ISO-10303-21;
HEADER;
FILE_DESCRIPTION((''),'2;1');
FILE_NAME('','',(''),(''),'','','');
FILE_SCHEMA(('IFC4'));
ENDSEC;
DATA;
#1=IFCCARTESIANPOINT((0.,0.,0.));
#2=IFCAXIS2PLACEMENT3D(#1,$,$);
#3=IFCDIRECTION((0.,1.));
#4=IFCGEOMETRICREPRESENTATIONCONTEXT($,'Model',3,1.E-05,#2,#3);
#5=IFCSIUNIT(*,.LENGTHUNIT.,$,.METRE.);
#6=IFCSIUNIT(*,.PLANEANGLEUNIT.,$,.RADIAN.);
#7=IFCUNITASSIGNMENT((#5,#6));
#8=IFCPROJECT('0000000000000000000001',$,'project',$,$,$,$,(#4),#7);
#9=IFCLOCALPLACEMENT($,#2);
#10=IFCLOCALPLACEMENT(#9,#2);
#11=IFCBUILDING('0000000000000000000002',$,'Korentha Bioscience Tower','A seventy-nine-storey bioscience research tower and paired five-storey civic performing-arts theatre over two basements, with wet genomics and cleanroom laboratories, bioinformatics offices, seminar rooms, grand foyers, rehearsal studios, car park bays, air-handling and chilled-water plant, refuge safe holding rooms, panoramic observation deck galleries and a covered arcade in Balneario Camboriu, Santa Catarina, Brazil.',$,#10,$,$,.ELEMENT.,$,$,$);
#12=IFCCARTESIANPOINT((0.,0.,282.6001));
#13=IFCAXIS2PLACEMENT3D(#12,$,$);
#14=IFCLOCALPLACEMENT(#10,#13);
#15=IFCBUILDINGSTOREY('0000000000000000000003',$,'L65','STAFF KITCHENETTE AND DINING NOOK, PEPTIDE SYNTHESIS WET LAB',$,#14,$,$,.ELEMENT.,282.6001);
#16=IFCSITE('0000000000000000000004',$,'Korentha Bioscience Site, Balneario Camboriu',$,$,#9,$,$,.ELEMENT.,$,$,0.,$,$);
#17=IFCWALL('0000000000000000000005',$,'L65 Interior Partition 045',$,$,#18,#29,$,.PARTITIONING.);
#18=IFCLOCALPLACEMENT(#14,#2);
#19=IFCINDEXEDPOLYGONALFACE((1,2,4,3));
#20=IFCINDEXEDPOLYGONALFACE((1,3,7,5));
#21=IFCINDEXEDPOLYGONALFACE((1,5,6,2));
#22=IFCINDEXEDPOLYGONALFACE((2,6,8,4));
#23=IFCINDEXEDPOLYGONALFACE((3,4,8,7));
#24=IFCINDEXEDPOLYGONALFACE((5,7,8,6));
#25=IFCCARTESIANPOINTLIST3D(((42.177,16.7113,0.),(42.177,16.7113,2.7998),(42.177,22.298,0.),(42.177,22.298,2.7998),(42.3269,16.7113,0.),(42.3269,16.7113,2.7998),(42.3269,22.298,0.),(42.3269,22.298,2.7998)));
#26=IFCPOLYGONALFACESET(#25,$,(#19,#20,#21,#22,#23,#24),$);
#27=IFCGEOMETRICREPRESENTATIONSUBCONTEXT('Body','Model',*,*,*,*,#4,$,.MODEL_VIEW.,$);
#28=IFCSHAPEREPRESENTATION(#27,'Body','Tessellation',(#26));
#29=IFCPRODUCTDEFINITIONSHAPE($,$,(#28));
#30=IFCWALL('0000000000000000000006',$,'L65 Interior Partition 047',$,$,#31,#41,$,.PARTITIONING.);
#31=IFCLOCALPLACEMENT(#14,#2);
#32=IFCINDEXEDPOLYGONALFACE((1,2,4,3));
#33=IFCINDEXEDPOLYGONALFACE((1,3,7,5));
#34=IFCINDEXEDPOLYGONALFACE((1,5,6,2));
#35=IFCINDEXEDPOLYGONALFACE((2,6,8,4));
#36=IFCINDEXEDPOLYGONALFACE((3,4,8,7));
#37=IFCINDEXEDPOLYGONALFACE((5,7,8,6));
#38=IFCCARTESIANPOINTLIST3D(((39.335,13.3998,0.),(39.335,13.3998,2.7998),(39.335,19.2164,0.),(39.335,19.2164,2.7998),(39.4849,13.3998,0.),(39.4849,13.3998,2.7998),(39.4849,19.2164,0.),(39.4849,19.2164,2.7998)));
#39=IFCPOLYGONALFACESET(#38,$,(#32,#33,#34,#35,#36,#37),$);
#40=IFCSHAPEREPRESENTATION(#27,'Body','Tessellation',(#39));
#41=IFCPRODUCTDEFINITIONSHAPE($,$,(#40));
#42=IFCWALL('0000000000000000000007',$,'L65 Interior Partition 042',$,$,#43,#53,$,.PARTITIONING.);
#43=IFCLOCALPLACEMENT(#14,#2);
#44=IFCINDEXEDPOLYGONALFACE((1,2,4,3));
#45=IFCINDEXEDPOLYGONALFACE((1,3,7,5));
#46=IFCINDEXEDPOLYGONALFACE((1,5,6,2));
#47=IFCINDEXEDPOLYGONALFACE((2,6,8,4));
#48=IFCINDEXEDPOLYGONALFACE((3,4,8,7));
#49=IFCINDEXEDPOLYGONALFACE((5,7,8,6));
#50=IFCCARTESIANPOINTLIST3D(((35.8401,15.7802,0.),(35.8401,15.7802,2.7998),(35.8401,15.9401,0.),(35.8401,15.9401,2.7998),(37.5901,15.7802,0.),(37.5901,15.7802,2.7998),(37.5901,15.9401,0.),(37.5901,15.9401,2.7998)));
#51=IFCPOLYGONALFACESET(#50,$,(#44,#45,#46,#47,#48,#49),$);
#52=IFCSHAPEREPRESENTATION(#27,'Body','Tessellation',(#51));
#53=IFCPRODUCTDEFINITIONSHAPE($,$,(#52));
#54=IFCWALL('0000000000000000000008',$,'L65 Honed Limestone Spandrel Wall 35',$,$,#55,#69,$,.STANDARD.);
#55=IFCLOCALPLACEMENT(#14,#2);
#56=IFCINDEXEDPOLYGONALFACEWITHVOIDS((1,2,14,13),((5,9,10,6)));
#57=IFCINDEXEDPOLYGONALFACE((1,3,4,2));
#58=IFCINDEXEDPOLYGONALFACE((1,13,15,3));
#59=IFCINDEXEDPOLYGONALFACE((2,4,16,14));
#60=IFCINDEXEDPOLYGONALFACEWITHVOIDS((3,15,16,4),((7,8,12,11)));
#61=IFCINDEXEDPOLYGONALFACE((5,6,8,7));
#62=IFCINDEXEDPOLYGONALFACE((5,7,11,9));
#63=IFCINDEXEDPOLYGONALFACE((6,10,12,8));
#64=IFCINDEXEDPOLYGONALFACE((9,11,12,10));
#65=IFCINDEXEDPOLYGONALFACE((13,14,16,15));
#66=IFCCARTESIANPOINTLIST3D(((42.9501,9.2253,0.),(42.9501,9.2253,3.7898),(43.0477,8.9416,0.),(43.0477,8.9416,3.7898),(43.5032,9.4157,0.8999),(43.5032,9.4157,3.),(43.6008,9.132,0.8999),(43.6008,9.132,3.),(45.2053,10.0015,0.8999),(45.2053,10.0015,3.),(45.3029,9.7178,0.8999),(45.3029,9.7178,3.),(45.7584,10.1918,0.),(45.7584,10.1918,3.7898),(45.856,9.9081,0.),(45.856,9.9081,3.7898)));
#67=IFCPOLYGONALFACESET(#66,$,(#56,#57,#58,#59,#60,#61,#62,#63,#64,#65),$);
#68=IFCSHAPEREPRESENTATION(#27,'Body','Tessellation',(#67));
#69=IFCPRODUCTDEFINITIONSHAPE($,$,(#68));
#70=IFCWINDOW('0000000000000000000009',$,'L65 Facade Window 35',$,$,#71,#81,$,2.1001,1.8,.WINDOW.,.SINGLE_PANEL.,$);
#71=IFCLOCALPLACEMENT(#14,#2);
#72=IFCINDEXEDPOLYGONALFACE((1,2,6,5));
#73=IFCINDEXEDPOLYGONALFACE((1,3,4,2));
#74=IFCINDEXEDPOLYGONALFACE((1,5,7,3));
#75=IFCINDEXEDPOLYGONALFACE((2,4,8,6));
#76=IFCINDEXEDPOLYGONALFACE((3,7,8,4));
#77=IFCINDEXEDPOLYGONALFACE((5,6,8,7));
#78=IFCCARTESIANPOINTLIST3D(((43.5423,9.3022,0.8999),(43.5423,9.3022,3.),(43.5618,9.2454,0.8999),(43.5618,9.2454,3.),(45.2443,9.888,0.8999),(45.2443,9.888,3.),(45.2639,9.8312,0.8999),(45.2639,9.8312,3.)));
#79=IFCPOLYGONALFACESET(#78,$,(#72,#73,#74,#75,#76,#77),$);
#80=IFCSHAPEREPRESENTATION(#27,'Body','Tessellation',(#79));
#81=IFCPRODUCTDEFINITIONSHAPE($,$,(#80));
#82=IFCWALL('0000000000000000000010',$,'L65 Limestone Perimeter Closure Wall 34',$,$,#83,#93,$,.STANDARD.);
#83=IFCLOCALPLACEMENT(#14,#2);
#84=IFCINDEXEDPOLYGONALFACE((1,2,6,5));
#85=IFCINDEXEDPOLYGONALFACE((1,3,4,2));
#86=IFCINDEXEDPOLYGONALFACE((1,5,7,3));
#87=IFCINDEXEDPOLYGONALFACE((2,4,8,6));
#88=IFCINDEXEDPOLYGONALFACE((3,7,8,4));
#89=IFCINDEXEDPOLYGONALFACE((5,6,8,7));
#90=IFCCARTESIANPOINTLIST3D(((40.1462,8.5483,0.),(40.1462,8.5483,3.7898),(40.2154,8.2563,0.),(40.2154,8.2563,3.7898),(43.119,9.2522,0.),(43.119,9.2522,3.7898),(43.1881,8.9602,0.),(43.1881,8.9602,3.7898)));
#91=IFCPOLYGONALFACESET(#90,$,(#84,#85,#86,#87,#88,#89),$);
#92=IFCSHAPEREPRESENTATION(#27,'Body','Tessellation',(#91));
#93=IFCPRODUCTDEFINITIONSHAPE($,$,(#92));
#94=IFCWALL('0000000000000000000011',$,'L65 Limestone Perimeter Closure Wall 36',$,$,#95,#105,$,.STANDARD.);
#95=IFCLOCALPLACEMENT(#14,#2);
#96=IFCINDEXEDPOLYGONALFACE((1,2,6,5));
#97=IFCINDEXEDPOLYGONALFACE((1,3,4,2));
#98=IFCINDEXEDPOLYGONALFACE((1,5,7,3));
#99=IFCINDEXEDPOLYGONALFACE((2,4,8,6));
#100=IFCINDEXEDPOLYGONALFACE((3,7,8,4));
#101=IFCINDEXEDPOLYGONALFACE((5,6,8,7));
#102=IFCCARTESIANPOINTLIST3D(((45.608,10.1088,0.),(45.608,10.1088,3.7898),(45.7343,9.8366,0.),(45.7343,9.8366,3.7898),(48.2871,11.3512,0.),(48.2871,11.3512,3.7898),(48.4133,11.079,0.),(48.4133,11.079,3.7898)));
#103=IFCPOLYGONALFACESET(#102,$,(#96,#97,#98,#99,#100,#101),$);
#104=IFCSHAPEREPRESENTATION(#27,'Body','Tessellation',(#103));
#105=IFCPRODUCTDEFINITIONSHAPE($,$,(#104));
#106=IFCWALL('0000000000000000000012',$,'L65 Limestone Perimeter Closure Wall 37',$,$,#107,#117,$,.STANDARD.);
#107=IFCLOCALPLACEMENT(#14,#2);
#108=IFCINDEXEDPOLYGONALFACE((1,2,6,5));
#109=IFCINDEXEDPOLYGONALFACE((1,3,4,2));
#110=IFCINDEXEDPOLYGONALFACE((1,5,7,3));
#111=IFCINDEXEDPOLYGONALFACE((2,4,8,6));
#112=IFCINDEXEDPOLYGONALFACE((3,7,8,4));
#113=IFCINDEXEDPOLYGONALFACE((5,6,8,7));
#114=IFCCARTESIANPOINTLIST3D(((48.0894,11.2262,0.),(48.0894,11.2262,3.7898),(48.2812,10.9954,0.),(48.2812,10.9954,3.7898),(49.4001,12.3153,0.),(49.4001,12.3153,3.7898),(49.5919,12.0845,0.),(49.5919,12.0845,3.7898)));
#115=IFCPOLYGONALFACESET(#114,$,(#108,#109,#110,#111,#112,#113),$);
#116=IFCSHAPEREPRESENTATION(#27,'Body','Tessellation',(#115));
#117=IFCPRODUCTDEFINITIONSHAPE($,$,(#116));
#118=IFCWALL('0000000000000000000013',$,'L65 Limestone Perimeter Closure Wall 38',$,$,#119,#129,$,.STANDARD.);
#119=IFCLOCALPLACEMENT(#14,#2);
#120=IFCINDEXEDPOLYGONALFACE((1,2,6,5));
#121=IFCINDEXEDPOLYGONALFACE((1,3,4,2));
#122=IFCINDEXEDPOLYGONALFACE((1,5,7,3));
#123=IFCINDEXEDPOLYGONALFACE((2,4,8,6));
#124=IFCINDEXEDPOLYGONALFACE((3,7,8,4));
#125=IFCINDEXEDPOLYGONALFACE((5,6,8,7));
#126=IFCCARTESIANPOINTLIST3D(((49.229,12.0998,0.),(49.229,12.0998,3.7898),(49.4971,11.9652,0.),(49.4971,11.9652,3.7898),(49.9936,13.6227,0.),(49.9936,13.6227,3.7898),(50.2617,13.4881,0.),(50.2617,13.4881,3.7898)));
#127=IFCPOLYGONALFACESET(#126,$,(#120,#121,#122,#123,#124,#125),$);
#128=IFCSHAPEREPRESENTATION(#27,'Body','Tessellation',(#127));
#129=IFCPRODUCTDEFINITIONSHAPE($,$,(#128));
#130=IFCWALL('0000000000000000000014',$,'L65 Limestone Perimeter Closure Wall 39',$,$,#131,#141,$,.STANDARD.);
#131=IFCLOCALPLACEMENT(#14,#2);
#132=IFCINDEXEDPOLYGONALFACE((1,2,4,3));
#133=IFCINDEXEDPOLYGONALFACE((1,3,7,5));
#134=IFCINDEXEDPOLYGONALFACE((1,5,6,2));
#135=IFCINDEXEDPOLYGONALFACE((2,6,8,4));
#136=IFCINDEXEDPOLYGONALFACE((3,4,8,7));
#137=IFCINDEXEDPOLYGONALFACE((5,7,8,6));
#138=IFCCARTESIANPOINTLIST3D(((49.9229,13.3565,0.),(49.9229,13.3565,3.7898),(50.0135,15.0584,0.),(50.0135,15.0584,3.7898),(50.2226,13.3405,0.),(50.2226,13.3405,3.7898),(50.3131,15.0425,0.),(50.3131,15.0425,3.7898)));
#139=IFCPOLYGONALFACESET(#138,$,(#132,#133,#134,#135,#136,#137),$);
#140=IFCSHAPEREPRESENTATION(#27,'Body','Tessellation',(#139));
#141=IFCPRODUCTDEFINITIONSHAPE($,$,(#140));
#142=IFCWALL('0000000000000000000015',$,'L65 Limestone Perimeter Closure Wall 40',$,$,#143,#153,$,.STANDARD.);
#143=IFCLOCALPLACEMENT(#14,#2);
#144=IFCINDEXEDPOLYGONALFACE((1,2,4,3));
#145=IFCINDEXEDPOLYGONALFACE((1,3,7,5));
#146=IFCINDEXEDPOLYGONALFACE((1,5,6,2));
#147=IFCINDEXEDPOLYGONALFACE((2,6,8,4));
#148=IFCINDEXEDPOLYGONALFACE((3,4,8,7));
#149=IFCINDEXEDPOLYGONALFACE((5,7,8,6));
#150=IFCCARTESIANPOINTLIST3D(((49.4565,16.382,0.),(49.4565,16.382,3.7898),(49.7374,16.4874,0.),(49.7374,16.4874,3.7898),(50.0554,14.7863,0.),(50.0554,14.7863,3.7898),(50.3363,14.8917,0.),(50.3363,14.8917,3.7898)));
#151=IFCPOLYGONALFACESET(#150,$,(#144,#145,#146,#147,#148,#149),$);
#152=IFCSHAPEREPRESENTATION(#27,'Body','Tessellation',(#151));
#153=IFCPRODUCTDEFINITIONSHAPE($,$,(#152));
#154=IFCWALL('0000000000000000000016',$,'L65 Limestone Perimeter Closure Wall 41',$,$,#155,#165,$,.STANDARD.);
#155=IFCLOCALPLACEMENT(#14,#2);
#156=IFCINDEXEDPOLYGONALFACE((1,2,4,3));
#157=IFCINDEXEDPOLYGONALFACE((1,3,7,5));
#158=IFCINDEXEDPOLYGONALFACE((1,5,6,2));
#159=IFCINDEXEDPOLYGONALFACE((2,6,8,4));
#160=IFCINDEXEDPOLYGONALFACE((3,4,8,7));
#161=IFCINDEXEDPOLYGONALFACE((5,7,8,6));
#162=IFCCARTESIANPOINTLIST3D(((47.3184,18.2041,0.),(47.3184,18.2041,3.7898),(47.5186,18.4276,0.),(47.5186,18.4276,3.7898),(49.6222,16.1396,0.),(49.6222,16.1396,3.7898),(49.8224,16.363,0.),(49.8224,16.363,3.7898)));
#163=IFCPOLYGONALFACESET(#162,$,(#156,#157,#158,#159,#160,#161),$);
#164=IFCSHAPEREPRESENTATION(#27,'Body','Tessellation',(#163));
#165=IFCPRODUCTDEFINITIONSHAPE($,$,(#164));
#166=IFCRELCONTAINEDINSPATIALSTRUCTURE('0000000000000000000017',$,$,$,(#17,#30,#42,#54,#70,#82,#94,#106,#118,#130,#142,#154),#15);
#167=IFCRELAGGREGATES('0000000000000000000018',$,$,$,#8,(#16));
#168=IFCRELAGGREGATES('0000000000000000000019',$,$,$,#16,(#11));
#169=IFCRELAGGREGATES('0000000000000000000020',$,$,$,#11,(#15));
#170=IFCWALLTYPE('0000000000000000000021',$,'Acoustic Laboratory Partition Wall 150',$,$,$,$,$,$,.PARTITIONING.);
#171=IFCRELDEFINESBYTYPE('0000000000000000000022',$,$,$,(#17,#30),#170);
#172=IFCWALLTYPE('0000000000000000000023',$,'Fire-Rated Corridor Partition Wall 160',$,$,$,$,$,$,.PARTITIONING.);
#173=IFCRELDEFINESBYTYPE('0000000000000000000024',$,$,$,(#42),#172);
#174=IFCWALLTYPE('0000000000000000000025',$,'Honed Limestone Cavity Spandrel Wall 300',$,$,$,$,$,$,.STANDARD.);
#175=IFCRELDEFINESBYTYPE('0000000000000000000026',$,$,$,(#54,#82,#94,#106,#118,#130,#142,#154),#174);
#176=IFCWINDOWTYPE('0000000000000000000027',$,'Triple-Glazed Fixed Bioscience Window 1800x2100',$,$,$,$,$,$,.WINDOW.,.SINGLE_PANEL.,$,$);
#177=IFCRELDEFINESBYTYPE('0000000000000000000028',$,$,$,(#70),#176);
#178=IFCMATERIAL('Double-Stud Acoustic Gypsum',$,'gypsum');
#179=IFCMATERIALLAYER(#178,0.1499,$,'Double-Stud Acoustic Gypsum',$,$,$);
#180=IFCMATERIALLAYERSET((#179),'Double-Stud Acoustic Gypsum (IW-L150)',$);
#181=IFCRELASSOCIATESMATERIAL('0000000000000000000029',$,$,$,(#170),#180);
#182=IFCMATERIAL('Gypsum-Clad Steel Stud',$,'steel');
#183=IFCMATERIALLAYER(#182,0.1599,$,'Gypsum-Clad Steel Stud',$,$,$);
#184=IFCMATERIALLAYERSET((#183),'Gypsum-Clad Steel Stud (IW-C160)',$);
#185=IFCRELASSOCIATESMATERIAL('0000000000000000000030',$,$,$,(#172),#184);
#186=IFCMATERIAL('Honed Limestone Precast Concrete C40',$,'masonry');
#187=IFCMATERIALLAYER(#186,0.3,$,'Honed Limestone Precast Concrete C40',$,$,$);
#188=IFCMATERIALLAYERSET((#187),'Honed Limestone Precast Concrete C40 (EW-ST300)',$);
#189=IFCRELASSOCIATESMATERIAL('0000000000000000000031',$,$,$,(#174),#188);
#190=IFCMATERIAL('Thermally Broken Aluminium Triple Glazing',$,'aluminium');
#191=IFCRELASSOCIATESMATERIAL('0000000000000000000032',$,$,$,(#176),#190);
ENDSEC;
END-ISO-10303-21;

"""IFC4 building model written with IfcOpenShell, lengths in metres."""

from ifc_helpers import new_model, si_unit, direction, frame, frame_2d, origin, place, context, subcontext, project, spatial, rectangle, extrude, material, layer, layer_set, type_object, element, fill, save


model = new_model("IFC4")

# Units and contexts
model_context = context("Model", 3, precision=1e-05, world=origin(), true_north=direction((0.0, 1.0)))
body_context = subcontext(model_context, "Body", "Model", "MODEL_VIEW")
ifc_project = project(units=[si_unit("LENGTHUNIT", "METRE"), si_unit("PLANEANGLEUNIT", "RADIAN")], contexts=[model_context])

# Site, building, storey
site_placement = place(None, origin())
site = spatial("IfcSite", under=ifc_project, at=site_placement, Name="Korentha Bioscience Site, Balneario Camboriu", CompositionType="ELEMENT", RefElevation=0.0)
building_placement = place(site_placement, origin())
building = spatial("IfcBuilding", under=site, at=building_placement, Name="Korentha Bioscience Tower", Description="A seventy-nine-storey bioscience research tower and paired five-storey civic performing-arts theatre over two basements, with wet genomics and cleanroom laboratories, bioinformatics offices, seminar rooms, grand foyers, rehearsal studios, car park bays, air-handling and chilled-water plant, refuge safe holding rooms, panoramic observation deck galleries and a covered arcade in Balneario Camboriu, Santa Catarina, Brazil.", CompositionType="ELEMENT")
storey_placement = place(building_placement, frame((0.0, 0.0, 282.6001)))
storey = spatial("IfcBuildingStorey", under=building, at=storey_placement, Name="L65", Description="STAFF KITCHENETTE AND DINING NOOK, PEPTIDE SYNTHESIS WET LAB", CompositionType="ELEMENT", Elevation=282.6001)

# Walls
ifc_material_1 = material(Name="Double-Stud Acoustic Gypsum", Category="gypsum")
ifc_layer_1 = layer(ifc_material_1, 0.1499, Name="Double-Stud Acoustic Gypsum")
ifc_layer_set_1 = layer_set([ifc_layer_1], Name="Double-Stud Acoustic Gypsum (IW-L150)")
wall_type_1 = type_object("IfcWallType", Name="Acoustic Laboratory Partition Wall 150", PredefinedType="PARTITIONING", material=ifc_layer_set_1)
wall_1_placement = place(storey_placement, frame((42.252, 16.7112, 0.0), z_axis=(0.0, 0.0, 1.0), x_axis=(0.0, 1.0, 0.0)))
element("IfcWall", 1, at=wall_1_placement, inside=storey, type_object=wall_type_1, Name="L65 Interior Partition 045", PredefinedType="PARTITIONING", context=body_context, shape_type="SweptSolid", body=[
    extrude(rectangle(XDim=5.5867, YDim=0.1499, at=frame_2d((2.7935, 0.0))), origin(), (0.0, 0.0, 1.0), 2.7998),
])
wall_2_placement = place(storey_placement, frame((39.4099, 13.3999, 0.0), z_axis=(0.0, 0.0, 1.0), x_axis=(0.0, 1.0, 0.0)))
element("IfcWall", 2, at=wall_2_placement, inside=storey, type_object=wall_type_1, Name="L65 Interior Partition 047", PredefinedType="PARTITIONING", context=body_context, shape_type="SweptSolid", body=[
    extrude(rectangle(XDim=5.8167, YDim=0.1499, at=frame_2d((2.9082, 0.0))), origin(), (0.0, 0.0, 1.0), 2.7998),
])
ifc_material_2 = material(Name="Gypsum-Clad Steel Stud", Category="steel")
ifc_layer_2 = layer(ifc_material_2, 0.1599, Name="Gypsum-Clad Steel Stud")
ifc_layer_set_2 = layer_set([ifc_layer_2], Name="Gypsum-Clad Steel Stud (IW-C160)")
wall_type_2 = type_object("IfcWallType", Name="Fire-Rated Corridor Partition Wall 160", PredefinedType="PARTITIONING", material=ifc_layer_set_2)
wall_3_placement = place(storey_placement, frame((37.5901, 15.8601, 0.0), z_axis=(0.0, 0.0, 1.0), x_axis=(-1.0, 0.0, 0.0)))
element("IfcWall", 3, at=wall_3_placement, inside=storey, type_object=wall_type_2, Name="L65 Interior Partition 042", PredefinedType="PARTITIONING", context=body_context, shape_type="SweptSolid", body=[
    extrude(rectangle(XDim=1.75, YDim=0.1599, at=frame_2d((0.875, 0.0))), origin(), (0.0, 0.0, 1.0), 2.7998),
])

# Wall, opening, window
ifc_material_3 = material(Name="Honed Limestone Precast Concrete C40", Category="masonry")
ifc_layer_3 = layer(ifc_material_3, 0.3, Name="Honed Limestone Precast Concrete C40")
ifc_layer_set_3 = layer_set([ifc_layer_3], Name="Honed Limestone Precast Concrete C40 (EW-ST300)")
wall_type_3 = type_object("IfcWallType", Name="Honed Limestone Cavity Spandrel Wall 300", PredefinedType="STANDARD", material=ifc_layer_set_3)
wall_4_placement = place(storey_placement, frame((42.999, 9.0835, 0.0), z_axis=(0.0, 0.0, 1.0), x_axis=(0.945564, 0.325436, 0.0)))
wall_4 = element("IfcWall", 4, at=wall_4_placement, inside=storey, type_object=wall_type_3, Name="L65 Honed Limestone Spandrel Wall 35", PredefinedType="STANDARD", context=body_context, shape_type="SweptSolid", body=[
    extrude(rectangle(XDim=2.97, YDim=0.3, at=frame_2d((1.4849, 0.0))), origin(), (0.0, 0.0, 1.0), 3.7898),
])
opening_placement = place(wall_4_placement, frame((0.585, 0.0, 0.8999)))
opening = element("IfcOpeningElement", 5, at=opening_placement, cuts=wall_4, PredefinedType="OPENING", context=body_context, shape_type="SweptSolid", body=[
    extrude(rectangle(XDim=1.8, YDim=2.1001, at=frame_2d((0.8999, 1.05))), frame((0.0, 0.165, 0.0), z_axis=(0.0, -1.0, 0.0), x_axis=(1.0, 0.0, 0.0)), (0.0, 0.0, 1.0), 0.3298),
])
ifc_material_4 = material(Name="Thermally Broken Aluminium Triple Glazing", Category="aluminium")
window_type = type_object("IfcWindowType", Name="Triple-Glazed Fixed Bioscience Window 1800x2100", PartitioningType="SINGLE_PANEL", PredefinedType="WINDOW", material=ifc_material_4)
window_placement = place(opening_placement, origin())
window = element("IfcWindow", 6, at=window_placement, inside=storey, type_object=window_type, Name="L65 Facade Window 35", OverallHeight=2.1001, OverallWidth=1.8, PartitioningType="SINGLE_PANEL", PredefinedType="WINDOW", context=body_context, shape_type="SweptSolid", body=[
    extrude(rectangle(XDim=1.8, YDim=2.1001, at=frame_2d((0.8999, 1.05))), frame((0.0, 0.03, 0.0), z_axis=(0.0, -1.0, 0.0), x_axis=(1.0, 0.0, 0.0)), (0.0, 0.0, 1.0), 0.0601),
])
fill(opening, window)

# Walls
wall_5_placement = place(storey_placement, frame((40.1809, 8.4023, 0.0), z_axis=(0.0, 0.0, 1.0), x_axis=(0.973094, 0.230407, 0.0)))
element("IfcWall", 7, at=wall_5_placement, inside=storey, type_object=wall_type_3, Name="L65 Limestone Perimeter Closure Wall 34", PredefinedType="STANDARD", context=body_context, shape_type="SweptSolid", body=[
    extrude(rectangle(XDim=3.0549, YDim=0.3, at=frame_2d((1.5273, 0.0))), origin(), (0.0, 0.0, 1.0), 3.7898),
])
wall_6_placement = place(storey_placement, frame((45.6711, 9.9727, 0.0), z_axis=(0.0, 0.0, 1.0), x_axis=(0.907186, 0.42073, 0.0)))
element("IfcWall", 8, at=wall_6_placement, inside=storey, type_object=wall_type_3, Name="L65 Limestone Perimeter Closure Wall 36", PredefinedType="STANDARD", context=body_context, shape_type="SweptSolid", body=[
    extrude(rectangle(XDim=2.9531, YDim=0.3, at=frame_2d((1.4766, 0.0))), origin(), (0.0, 0.0, 1.0), 3.7898),
])
for number, where, z_axis, x_axis, name in (
    (9, (48.1853, 11.1108, 0.0), (0.0, 0.0, 1.0), (0.769148, 0.639071, 0.0), "L65 Limestone Perimeter Closure Wall 37"),
    (10, (49.363, 12.0325, 0.0), (0.0, 0.0, 1.0), (0.448703, 0.893681, 0.0), "L65 Limestone Perimeter Closure Wall 38"),
):
    element("IfcWall", number, at=place(storey_placement, frame(where, z_axis=z_axis, x_axis=x_axis)), inside=storey, type_object=wall_type_3, Name=name, PredefinedType="STANDARD", context=body_context, shape_type="SweptSolid", body=[
        extrude(rectangle(XDim=1.7041, YDim=0.3, at=frame_2d((0.8521, 0.0))), origin(), (0.0, 0.0, 1.0), 3.7898),
    ])
for number, where, z_axis, x_axis, name in (
    (11, (50.0728, 13.3486, 0.0), (0.0, 0.0, 1.0), (0.053145, 0.998587, 0.0), "L65 Limestone Perimeter Closure Wall 39"),
    (12, (50.1958, 14.8391, 0.0), (0.0, 0.0, 1.0), (-0.351375, 0.936235, 0.0), "L65 Limestone Perimeter Closure Wall 40"),
):
    element("IfcWall", number, at=place(storey_placement, frame(where, z_axis=z_axis, x_axis=x_axis)), inside=storey, type_object=wall_type_3, Name=name, PredefinedType="STANDARD", context=body_context, shape_type="SweptSolid", body=[
        extrude(rectangle(XDim=1.7043, YDim=0.3, at=frame_2d((0.8521, 0.0))), origin(), (0.0, 0.0, 1.0), 3.7898),
    ])
wall_7_placement = place(storey_placement, frame((49.7224, 16.2512, 0.0), z_axis=(0.0, 0.0, 1.0), x_axis=(-0.744721, 0.667376, 0.0)))
element("IfcWall", 13, at=wall_7_placement, inside=storey, type_object=wall_type_3, Name="L65 Limestone Perimeter Closure Wall 41", PredefinedType="STANDARD", context=body_context, shape_type="SweptSolid", body=[
    extrude(rectangle(XDim=3.0935, YDim=0.3, at=frame_2d((1.5469, 0.0))), origin(), (0.0, 0.0, 1.0), 3.7898),
])

save(model, "model.ifc")
